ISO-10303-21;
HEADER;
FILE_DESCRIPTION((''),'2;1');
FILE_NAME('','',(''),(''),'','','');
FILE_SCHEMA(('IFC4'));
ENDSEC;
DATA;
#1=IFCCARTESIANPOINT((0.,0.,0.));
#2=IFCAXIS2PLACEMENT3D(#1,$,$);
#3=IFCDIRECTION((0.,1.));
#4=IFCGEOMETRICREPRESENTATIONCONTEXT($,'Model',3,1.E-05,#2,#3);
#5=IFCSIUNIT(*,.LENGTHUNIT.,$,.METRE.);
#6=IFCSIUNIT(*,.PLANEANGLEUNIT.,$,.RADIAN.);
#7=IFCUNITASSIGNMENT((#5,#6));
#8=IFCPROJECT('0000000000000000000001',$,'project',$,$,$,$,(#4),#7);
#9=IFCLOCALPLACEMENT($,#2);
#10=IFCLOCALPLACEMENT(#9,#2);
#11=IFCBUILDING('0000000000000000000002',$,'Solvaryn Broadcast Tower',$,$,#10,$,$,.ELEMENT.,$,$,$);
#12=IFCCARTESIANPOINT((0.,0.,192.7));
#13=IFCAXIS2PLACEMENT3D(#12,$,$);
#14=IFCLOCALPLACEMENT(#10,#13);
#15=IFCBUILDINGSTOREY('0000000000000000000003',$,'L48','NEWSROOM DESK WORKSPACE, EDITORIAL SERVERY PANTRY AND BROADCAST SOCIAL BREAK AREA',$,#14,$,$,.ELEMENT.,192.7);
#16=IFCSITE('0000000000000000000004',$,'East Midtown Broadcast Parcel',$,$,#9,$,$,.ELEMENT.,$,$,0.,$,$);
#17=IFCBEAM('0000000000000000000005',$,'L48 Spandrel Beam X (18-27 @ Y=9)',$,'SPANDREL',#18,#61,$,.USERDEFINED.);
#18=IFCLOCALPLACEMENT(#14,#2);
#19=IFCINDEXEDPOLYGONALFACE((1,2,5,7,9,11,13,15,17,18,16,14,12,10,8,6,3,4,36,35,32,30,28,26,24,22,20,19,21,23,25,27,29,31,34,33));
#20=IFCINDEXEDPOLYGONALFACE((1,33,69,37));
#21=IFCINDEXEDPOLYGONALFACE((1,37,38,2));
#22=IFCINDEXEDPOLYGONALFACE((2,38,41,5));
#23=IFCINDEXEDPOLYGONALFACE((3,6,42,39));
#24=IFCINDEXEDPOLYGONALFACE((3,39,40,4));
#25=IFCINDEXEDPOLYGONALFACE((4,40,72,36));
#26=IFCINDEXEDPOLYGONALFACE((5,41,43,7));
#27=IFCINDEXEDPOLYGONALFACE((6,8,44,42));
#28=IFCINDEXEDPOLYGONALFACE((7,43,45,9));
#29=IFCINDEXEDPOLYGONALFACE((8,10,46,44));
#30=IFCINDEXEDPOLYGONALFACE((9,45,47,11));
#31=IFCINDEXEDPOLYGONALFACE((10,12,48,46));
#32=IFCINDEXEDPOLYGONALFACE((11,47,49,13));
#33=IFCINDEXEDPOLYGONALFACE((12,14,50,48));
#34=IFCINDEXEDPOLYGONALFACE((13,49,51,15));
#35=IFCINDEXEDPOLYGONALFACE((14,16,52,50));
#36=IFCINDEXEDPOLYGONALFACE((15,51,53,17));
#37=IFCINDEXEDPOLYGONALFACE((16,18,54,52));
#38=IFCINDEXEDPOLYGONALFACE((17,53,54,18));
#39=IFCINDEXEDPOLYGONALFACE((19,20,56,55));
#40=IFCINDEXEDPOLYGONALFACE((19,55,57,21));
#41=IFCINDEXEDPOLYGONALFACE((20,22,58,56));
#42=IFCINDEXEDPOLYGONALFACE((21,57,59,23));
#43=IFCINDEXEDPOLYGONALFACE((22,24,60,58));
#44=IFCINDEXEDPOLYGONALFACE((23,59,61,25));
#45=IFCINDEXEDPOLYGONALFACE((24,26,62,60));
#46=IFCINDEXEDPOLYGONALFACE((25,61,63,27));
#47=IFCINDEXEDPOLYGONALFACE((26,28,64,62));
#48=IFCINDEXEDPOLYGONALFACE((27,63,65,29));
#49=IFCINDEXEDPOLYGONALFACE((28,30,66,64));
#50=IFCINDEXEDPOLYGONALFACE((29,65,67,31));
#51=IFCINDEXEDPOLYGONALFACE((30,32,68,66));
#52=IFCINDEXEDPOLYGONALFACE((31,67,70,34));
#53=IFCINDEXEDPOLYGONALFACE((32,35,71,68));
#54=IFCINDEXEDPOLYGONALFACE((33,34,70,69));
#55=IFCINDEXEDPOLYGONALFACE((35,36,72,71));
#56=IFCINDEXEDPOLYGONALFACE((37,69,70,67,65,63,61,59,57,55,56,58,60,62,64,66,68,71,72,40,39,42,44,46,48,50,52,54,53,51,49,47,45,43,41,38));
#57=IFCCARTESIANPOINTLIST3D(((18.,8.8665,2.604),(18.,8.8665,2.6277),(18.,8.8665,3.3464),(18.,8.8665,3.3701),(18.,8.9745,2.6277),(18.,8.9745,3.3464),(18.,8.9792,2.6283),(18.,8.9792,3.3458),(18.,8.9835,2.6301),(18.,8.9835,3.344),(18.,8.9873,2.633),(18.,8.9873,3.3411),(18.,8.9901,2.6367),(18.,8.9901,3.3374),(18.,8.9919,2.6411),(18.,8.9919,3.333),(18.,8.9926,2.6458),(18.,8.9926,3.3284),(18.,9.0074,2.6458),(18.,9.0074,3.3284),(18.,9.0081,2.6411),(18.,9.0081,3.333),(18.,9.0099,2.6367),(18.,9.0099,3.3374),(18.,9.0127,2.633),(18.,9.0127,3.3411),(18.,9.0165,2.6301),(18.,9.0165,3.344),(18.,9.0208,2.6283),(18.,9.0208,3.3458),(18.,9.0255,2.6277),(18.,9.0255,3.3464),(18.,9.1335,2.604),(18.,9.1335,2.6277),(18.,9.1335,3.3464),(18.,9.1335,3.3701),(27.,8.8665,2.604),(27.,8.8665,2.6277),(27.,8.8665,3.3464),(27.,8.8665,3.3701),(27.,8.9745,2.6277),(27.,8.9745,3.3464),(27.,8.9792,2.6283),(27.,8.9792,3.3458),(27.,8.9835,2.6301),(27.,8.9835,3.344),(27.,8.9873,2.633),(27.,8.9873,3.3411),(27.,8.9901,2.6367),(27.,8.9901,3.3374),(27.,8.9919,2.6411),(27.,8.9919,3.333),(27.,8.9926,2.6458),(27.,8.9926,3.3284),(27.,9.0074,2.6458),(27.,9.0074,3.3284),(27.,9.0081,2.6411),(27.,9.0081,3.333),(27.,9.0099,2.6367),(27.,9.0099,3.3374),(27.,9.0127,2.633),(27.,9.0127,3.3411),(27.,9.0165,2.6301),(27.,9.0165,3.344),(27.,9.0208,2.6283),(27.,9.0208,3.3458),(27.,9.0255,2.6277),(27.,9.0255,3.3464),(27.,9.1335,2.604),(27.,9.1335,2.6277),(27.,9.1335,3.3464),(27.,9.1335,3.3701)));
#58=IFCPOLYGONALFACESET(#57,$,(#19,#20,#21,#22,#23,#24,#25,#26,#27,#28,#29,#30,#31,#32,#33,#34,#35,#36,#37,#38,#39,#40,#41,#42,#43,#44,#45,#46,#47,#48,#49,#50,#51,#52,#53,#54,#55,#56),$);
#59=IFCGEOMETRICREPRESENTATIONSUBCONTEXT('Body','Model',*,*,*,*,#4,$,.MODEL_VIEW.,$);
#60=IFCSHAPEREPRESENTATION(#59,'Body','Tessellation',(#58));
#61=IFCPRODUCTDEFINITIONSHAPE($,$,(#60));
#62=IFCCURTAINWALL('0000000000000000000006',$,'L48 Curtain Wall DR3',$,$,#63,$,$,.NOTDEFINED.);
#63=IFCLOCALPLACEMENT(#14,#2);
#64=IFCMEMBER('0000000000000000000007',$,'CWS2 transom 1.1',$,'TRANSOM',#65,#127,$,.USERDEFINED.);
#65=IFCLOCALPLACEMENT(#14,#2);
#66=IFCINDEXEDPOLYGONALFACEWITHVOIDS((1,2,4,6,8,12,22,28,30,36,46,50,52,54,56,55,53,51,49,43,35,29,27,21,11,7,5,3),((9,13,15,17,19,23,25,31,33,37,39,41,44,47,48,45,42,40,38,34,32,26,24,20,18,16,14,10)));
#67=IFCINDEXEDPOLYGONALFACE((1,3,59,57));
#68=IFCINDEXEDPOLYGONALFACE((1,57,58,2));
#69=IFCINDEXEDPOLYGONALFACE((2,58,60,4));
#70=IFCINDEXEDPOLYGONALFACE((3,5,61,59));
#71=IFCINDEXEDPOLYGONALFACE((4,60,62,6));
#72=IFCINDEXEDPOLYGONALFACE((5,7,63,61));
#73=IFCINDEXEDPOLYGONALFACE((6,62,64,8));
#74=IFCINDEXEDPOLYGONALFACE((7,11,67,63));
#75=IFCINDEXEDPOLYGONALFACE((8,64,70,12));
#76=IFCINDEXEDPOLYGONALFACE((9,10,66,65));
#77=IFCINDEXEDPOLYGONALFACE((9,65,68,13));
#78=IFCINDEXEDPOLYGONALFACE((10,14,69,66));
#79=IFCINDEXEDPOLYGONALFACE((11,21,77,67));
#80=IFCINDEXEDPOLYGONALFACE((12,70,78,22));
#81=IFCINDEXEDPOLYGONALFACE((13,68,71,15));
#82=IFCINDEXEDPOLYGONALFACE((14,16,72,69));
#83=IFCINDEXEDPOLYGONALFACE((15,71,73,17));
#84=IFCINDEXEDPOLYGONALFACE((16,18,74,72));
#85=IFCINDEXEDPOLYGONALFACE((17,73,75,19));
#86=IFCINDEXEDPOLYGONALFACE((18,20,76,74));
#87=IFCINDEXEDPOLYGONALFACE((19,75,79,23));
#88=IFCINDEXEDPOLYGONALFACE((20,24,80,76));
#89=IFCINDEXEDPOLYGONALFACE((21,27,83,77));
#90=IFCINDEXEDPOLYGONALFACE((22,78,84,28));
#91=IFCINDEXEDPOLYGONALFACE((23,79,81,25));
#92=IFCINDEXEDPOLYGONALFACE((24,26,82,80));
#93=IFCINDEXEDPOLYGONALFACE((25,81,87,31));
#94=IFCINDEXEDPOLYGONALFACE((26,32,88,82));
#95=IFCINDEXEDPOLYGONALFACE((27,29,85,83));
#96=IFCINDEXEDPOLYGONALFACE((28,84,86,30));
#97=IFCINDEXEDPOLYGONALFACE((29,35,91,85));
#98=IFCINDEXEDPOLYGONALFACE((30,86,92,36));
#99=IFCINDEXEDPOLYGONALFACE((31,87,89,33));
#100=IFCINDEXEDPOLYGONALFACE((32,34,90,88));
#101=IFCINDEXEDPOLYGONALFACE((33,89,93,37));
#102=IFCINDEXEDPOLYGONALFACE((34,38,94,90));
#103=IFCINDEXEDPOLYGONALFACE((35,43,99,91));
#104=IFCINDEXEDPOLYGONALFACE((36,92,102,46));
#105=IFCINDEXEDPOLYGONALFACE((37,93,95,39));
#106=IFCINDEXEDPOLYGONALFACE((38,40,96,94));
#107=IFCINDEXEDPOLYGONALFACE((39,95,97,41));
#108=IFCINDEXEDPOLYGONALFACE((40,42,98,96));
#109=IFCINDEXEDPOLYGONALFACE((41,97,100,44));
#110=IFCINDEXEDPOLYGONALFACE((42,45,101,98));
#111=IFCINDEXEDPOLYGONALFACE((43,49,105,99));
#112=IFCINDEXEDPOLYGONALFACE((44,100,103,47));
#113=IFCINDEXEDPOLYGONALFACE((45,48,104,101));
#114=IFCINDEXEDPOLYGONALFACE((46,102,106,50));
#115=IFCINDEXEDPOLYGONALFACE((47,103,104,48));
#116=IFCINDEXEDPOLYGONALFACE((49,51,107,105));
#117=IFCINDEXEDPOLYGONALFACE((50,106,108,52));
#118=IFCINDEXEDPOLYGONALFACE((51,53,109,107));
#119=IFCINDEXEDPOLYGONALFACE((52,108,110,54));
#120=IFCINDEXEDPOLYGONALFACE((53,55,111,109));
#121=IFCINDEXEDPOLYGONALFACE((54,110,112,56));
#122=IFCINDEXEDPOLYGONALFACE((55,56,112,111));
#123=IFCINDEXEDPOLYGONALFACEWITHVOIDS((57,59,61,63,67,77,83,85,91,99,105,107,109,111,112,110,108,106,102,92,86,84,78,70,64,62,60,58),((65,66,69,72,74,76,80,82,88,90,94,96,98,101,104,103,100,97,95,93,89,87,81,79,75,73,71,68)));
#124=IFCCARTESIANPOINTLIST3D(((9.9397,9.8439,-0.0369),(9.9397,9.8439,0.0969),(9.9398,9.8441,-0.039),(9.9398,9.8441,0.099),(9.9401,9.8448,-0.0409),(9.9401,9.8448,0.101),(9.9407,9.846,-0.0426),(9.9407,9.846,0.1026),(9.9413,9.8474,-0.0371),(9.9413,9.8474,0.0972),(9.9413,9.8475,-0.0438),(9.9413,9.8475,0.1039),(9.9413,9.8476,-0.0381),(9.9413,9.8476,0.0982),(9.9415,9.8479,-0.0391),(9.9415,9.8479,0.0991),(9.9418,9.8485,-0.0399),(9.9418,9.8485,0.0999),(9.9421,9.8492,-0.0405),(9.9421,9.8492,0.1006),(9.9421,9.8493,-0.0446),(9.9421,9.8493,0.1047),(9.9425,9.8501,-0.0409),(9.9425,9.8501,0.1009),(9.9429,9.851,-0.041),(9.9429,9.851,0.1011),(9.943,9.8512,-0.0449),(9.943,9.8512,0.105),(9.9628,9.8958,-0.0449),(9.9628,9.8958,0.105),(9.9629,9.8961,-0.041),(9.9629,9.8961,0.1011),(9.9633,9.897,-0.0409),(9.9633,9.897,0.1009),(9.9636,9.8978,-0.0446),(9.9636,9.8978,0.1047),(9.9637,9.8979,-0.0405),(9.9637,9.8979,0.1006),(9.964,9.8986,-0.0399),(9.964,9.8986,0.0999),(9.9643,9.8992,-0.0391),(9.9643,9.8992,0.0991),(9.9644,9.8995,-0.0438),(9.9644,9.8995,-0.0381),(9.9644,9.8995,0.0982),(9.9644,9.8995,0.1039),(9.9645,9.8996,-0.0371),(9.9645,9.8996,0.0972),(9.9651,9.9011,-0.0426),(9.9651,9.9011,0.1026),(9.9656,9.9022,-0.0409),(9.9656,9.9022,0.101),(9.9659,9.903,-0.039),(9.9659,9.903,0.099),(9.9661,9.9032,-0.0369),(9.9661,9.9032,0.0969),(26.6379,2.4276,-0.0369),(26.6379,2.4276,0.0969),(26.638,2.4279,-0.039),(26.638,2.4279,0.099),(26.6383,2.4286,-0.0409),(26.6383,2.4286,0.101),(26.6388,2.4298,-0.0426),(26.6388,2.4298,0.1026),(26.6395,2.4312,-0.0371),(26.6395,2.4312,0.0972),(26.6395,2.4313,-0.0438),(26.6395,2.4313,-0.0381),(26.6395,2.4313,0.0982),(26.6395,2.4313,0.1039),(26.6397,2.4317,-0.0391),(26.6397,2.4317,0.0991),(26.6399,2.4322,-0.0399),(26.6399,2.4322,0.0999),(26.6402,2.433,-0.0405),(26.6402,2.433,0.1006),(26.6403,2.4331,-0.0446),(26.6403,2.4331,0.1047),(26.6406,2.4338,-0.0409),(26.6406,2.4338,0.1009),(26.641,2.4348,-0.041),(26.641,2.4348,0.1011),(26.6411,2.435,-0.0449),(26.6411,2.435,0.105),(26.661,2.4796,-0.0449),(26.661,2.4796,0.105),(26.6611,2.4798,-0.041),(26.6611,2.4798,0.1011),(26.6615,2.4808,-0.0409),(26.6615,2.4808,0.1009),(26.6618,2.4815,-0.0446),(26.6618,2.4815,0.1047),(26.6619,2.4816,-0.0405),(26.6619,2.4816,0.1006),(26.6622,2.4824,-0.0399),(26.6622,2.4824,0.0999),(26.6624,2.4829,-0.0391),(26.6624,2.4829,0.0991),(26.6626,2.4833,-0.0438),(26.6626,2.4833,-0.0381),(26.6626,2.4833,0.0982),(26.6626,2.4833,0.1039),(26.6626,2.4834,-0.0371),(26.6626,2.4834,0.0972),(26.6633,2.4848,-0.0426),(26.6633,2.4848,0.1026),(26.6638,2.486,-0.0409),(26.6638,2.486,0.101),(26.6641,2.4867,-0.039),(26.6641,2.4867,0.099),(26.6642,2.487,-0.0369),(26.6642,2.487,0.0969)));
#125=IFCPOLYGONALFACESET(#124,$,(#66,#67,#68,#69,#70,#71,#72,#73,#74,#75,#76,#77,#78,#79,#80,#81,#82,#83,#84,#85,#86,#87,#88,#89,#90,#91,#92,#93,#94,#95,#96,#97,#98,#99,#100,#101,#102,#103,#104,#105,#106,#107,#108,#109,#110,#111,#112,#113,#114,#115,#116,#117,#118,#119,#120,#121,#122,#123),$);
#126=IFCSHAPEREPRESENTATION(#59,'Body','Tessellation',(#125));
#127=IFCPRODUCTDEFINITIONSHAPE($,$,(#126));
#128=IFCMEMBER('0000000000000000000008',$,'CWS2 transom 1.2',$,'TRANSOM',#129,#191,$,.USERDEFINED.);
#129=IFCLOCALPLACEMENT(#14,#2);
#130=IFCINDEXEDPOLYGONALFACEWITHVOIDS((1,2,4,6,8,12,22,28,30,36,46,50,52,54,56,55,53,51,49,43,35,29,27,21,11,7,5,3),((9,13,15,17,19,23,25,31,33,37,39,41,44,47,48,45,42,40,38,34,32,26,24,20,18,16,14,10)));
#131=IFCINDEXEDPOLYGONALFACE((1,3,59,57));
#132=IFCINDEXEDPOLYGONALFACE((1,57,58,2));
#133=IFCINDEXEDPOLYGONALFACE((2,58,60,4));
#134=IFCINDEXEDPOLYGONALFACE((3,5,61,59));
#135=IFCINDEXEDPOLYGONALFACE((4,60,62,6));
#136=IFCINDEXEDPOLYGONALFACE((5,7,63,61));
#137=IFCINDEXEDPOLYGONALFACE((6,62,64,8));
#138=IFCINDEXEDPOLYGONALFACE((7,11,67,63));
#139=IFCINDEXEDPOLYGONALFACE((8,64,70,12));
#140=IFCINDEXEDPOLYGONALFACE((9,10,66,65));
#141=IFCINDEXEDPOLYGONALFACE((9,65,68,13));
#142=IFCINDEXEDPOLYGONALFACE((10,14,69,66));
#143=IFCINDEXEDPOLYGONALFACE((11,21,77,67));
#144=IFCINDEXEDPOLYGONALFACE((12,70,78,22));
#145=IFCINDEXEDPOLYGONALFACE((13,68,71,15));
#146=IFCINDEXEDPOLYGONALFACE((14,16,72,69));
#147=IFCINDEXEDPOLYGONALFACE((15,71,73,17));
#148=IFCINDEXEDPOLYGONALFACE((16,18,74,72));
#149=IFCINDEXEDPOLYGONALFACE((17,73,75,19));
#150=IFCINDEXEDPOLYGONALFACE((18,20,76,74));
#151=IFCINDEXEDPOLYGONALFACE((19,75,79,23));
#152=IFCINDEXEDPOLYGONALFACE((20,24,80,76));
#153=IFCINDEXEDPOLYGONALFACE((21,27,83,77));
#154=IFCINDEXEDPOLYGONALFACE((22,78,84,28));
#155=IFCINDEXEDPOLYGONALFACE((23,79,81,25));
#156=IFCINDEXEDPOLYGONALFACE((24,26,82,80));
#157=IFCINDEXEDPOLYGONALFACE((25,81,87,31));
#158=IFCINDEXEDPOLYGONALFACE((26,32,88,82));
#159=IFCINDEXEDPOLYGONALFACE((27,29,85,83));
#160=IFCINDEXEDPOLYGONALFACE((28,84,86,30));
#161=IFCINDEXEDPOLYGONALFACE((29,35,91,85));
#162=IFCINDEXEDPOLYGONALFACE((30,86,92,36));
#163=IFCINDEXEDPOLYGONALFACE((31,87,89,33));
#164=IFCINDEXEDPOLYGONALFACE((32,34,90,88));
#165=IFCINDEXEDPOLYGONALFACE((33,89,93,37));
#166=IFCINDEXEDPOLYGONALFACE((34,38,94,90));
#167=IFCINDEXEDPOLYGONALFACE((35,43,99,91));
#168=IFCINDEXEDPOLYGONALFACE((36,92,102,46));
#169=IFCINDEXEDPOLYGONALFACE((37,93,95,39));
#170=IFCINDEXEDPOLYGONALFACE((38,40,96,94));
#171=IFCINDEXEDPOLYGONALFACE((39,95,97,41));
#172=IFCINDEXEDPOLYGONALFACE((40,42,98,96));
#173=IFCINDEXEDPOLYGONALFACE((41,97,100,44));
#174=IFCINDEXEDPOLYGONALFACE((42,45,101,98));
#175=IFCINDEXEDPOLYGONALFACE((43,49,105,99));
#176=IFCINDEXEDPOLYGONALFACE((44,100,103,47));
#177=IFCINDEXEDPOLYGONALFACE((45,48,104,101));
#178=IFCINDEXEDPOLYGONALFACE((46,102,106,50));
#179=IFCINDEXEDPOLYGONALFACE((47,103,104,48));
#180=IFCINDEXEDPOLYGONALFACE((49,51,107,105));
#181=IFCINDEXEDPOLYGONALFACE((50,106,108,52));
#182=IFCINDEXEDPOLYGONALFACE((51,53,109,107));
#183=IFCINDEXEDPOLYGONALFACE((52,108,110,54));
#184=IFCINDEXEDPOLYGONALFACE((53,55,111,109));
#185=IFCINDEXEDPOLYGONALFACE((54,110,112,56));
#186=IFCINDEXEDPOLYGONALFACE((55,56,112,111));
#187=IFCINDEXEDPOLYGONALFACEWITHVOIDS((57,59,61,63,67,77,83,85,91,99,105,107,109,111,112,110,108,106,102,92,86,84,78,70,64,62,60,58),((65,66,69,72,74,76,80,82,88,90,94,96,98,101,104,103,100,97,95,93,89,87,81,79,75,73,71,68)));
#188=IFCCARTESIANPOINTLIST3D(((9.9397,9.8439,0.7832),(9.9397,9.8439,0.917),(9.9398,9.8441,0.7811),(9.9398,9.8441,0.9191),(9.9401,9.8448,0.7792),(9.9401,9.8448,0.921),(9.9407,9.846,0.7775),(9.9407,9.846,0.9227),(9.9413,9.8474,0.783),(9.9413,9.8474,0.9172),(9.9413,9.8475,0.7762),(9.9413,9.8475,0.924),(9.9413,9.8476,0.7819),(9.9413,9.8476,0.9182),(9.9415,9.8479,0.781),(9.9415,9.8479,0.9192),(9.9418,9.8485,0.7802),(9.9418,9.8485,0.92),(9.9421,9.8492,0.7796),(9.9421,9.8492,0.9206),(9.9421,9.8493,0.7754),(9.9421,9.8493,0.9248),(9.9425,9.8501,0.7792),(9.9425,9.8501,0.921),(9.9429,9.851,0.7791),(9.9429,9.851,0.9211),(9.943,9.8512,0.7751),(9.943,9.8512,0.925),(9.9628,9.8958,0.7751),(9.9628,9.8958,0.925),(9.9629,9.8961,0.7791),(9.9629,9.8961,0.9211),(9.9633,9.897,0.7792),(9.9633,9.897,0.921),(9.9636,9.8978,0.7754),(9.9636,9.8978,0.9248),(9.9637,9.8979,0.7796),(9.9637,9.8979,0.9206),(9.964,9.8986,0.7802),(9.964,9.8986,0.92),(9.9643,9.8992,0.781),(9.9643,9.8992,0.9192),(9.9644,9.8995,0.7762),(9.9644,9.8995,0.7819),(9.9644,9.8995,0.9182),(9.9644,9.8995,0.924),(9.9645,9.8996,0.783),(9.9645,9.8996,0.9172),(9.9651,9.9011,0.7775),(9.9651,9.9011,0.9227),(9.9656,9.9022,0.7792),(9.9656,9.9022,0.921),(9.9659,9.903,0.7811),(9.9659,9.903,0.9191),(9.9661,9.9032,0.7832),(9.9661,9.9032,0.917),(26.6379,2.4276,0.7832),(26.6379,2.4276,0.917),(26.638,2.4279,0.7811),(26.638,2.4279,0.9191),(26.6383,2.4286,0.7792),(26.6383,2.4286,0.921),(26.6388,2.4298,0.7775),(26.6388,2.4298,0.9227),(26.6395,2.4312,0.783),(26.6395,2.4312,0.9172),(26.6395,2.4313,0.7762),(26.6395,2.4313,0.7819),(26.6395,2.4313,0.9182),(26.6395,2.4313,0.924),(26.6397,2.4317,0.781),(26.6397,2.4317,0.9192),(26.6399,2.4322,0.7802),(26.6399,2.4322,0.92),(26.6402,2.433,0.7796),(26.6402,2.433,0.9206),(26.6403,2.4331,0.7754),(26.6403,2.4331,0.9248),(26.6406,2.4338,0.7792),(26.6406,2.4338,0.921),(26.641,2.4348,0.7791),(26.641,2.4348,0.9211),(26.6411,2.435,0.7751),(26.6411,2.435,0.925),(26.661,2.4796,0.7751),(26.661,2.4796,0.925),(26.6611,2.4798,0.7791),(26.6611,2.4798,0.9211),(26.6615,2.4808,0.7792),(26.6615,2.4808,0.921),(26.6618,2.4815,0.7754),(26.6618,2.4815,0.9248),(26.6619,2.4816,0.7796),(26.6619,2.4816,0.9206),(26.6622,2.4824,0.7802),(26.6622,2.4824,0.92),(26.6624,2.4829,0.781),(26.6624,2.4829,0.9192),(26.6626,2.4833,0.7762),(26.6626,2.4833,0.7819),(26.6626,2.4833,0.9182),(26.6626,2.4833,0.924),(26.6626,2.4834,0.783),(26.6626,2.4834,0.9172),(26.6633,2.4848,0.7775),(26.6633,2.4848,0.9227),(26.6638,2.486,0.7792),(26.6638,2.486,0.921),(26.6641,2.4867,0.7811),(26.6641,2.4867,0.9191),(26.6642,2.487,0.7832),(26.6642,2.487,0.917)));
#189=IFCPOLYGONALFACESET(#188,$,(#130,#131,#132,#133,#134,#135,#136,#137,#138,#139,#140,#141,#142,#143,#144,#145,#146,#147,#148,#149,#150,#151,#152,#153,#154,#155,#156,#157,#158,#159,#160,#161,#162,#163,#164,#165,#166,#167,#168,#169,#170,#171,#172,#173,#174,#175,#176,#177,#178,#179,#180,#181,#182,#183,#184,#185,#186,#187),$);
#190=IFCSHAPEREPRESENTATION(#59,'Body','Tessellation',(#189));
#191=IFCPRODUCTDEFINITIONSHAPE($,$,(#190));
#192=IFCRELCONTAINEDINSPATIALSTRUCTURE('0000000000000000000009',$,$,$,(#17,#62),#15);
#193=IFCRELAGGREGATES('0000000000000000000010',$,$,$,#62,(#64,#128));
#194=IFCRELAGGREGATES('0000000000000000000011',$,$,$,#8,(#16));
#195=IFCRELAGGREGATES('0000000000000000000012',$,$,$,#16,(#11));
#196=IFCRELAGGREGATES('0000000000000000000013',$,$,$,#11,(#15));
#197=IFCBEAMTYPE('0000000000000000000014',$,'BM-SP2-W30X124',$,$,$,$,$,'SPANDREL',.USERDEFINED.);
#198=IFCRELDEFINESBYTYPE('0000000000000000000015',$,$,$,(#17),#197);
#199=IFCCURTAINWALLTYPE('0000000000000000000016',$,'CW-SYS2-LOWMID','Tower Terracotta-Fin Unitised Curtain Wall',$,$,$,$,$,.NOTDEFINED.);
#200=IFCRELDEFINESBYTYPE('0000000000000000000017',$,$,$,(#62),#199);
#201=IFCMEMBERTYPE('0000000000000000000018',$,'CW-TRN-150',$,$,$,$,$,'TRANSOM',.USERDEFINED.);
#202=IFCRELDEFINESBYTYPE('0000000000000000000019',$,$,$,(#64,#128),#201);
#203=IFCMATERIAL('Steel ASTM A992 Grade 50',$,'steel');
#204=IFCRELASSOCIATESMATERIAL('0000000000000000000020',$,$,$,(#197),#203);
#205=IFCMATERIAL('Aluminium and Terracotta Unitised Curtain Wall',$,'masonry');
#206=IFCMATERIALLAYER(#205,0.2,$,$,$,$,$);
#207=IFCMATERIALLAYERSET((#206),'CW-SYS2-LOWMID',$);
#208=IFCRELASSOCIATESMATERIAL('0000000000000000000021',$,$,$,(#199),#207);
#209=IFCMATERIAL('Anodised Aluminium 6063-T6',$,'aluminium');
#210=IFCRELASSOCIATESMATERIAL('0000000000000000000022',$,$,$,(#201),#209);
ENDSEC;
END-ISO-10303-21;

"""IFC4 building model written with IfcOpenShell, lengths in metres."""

from ifc_helpers import new_model, si_unit, direction, frame, origin, origin_2d, place, context, subcontext, project, spatial, hollow_rectangle, i_section, extrude, material, layer, layer_set, material_profile, profile_set, type_object, element, aggregate, save


model = new_model("IFC4")

# Units and contexts
model_context = context("Model", 3, precision=1e-05, world=origin(), true_north=direction((0.0, 1.0)))
body_context = subcontext(model_context, "Body", "Model", "MODEL_VIEW")
ifc_project = project(units=[si_unit("LENGTHUNIT", "METRE"), si_unit("PLANEANGLEUNIT", "RADIAN")], contexts=[model_context])

# Site, building, storey
site_placement = place(None, origin())
site = spatial("IfcSite", under=ifc_project, at=site_placement, Name="East Midtown Broadcast Parcel", CompositionType="ELEMENT", RefElevation=0.0)
building_placement = place(site_placement, origin())
building = spatial("IfcBuilding", under=site, at=building_placement, Name="Solvaryn Broadcast Tower", CompositionType="ELEMENT")
storey_placement = place(building_placement, frame((0.0, 0.0, 192.7)))
storey = spatial("IfcBuildingStorey", under=building, at=storey_placement, Name="L48", Description="NEWSROOM DESK WORKSPACE, EDITORIAL SERVERY PANTRY AND BROADCAST SOCIAL BREAK AREA", CompositionType="ELEMENT", Elevation=192.7)

# Beam
ifc_material_1 = material(Name="Steel ASTM A992 Grade 50", Category="steel")
ifc_material_profile_1 = material_profile(ifc_material_1, i_section(OverallWidth=0.2671, OverallDepth=0.7661, WebThickness=0.0149, FlangeThickness=0.0237, FilletRadius=0.0181, at=origin_2d()))
ifc_profile_set_1 = profile_set([ifc_material_profile_1], Name="Steel ASTM A992 Grade 50")
beam_type_1 = type_object("IfcBeamType", Name="BM-SP2-W30X124", ElementType="SPANDREL", PredefinedType="USERDEFINED", material=ifc_profile_set_1)
beam_1_placement = place(storey_placement, frame((18.0, 9.0, 2.9871), z_axis=(1.0, 0.0, 0.0), x_axis=(0.0, 1.0, 0.0)))
element("IfcBeam", 1, at=beam_1_placement, inside=storey, type_object=beam_type_1, Name="L48 Spandrel Beam X (18-27 @ Y=9)", ObjectType="SPANDREL", PredefinedType="USERDEFINED", context=body_context, shape_type="SweptSolid", body=[
    extrude(i_section(OverallWidth=0.2671, OverallDepth=0.7661, WebThickness=0.0149, FlangeThickness=0.0237, FilletRadius=0.0181, at=origin_2d()), origin(), (0.0, 0.0, 1.0), 9.0),
])

# Curtain wall, members
ifc_material_2 = material(Name="Aluminium and Terracotta Unitised Curtain Wall", Category="masonry")
ifc_layer_1 = layer(ifc_material_2, 0.2)
ifc_layer_set_1 = layer_set([ifc_layer_1], Name="CW-SYS2-LOWMID")
curtain_wall_type = type_object("IfcCurtainWallType", Name="CW-SYS2-LOWMID", Description="Tower Terracotta-Fin Unitised Curtain Wall", PredefinedType="NOTDEFINED", material=ifc_layer_set_1)
curtain_wall_placement = place(storey_placement, origin())
curtain_wall = element("IfcCurtainWall", 2, at=curtain_wall_placement, inside=storey, type_object=curtain_wall_type, Name="L48 Curtain Wall DR3", PredefinedType="NOTDEFINED")
ifc_material_3 = material(Name="Anodised Aluminium 6063-T6", Category="aluminium")
ifc_material_profile_2 = material_profile(ifc_material_3, hollow_rectangle(XDim=0.0649, YDim=0.1499, WallThickness=0.0039, InnerFilletRadius=0.0039, OuterFilletRadius=0.0081, at=origin_2d()))
ifc_profile_set_2 = profile_set([ifc_material_profile_2], Name="Anodised Aluminium 6063-T6")
member_type = type_object("IfcMemberType", Name="CW-TRN-150", ElementType="TRANSOM", PredefinedType="USERDEFINED", material=ifc_profile_set_2)
member_1_placement = place(storey_placement, frame((9.9529, 9.8735, 0.03), z_axis=(0.913917, -0.405902, 0.0), x_axis=(0.405902, 0.913917, 0.0)))
member_1 = element("IfcMember", 3, at=member_1_placement, type_object=member_type, Name="CWS2 transom 1.1", ObjectType="TRANSOM", PredefinedType="USERDEFINED", context=body_context, shape_type="SweptSolid", body=[
    extrude(hollow_rectangle(XDim=0.0649, YDim=0.1499, WallThickness=0.0039, InnerFilletRadius=0.0039, OuterFilletRadius=0.0081, at=origin_2d()), origin(), (0.0, 0.0, 1.0), 18.271),
])
member_2_placement = place(storey_placement, frame((9.9529, 9.8735, 0.8501), z_axis=(0.913917, -0.405902, 0.0), x_axis=(0.405902, 0.913917, 0.0)))
member_2 = element("IfcMember", 4, at=member_2_placement, type_object=member_type, Name="CWS2 transom 1.2", ObjectType="TRANSOM", PredefinedType="USERDEFINED", context=body_context, shape_type="SweptSolid", body=[
    extrude(hollow_rectangle(XDim=0.0649, YDim=0.1499, WallThickness=0.0039, InnerFilletRadius=0.0039, OuterFilletRadius=0.0081, at=origin_2d()), origin(), (0.0, 0.0, 1.0), 18.271),
])
aggregate(curtain_wall, [member_1, member_2])

save(model, "model.ifc")
